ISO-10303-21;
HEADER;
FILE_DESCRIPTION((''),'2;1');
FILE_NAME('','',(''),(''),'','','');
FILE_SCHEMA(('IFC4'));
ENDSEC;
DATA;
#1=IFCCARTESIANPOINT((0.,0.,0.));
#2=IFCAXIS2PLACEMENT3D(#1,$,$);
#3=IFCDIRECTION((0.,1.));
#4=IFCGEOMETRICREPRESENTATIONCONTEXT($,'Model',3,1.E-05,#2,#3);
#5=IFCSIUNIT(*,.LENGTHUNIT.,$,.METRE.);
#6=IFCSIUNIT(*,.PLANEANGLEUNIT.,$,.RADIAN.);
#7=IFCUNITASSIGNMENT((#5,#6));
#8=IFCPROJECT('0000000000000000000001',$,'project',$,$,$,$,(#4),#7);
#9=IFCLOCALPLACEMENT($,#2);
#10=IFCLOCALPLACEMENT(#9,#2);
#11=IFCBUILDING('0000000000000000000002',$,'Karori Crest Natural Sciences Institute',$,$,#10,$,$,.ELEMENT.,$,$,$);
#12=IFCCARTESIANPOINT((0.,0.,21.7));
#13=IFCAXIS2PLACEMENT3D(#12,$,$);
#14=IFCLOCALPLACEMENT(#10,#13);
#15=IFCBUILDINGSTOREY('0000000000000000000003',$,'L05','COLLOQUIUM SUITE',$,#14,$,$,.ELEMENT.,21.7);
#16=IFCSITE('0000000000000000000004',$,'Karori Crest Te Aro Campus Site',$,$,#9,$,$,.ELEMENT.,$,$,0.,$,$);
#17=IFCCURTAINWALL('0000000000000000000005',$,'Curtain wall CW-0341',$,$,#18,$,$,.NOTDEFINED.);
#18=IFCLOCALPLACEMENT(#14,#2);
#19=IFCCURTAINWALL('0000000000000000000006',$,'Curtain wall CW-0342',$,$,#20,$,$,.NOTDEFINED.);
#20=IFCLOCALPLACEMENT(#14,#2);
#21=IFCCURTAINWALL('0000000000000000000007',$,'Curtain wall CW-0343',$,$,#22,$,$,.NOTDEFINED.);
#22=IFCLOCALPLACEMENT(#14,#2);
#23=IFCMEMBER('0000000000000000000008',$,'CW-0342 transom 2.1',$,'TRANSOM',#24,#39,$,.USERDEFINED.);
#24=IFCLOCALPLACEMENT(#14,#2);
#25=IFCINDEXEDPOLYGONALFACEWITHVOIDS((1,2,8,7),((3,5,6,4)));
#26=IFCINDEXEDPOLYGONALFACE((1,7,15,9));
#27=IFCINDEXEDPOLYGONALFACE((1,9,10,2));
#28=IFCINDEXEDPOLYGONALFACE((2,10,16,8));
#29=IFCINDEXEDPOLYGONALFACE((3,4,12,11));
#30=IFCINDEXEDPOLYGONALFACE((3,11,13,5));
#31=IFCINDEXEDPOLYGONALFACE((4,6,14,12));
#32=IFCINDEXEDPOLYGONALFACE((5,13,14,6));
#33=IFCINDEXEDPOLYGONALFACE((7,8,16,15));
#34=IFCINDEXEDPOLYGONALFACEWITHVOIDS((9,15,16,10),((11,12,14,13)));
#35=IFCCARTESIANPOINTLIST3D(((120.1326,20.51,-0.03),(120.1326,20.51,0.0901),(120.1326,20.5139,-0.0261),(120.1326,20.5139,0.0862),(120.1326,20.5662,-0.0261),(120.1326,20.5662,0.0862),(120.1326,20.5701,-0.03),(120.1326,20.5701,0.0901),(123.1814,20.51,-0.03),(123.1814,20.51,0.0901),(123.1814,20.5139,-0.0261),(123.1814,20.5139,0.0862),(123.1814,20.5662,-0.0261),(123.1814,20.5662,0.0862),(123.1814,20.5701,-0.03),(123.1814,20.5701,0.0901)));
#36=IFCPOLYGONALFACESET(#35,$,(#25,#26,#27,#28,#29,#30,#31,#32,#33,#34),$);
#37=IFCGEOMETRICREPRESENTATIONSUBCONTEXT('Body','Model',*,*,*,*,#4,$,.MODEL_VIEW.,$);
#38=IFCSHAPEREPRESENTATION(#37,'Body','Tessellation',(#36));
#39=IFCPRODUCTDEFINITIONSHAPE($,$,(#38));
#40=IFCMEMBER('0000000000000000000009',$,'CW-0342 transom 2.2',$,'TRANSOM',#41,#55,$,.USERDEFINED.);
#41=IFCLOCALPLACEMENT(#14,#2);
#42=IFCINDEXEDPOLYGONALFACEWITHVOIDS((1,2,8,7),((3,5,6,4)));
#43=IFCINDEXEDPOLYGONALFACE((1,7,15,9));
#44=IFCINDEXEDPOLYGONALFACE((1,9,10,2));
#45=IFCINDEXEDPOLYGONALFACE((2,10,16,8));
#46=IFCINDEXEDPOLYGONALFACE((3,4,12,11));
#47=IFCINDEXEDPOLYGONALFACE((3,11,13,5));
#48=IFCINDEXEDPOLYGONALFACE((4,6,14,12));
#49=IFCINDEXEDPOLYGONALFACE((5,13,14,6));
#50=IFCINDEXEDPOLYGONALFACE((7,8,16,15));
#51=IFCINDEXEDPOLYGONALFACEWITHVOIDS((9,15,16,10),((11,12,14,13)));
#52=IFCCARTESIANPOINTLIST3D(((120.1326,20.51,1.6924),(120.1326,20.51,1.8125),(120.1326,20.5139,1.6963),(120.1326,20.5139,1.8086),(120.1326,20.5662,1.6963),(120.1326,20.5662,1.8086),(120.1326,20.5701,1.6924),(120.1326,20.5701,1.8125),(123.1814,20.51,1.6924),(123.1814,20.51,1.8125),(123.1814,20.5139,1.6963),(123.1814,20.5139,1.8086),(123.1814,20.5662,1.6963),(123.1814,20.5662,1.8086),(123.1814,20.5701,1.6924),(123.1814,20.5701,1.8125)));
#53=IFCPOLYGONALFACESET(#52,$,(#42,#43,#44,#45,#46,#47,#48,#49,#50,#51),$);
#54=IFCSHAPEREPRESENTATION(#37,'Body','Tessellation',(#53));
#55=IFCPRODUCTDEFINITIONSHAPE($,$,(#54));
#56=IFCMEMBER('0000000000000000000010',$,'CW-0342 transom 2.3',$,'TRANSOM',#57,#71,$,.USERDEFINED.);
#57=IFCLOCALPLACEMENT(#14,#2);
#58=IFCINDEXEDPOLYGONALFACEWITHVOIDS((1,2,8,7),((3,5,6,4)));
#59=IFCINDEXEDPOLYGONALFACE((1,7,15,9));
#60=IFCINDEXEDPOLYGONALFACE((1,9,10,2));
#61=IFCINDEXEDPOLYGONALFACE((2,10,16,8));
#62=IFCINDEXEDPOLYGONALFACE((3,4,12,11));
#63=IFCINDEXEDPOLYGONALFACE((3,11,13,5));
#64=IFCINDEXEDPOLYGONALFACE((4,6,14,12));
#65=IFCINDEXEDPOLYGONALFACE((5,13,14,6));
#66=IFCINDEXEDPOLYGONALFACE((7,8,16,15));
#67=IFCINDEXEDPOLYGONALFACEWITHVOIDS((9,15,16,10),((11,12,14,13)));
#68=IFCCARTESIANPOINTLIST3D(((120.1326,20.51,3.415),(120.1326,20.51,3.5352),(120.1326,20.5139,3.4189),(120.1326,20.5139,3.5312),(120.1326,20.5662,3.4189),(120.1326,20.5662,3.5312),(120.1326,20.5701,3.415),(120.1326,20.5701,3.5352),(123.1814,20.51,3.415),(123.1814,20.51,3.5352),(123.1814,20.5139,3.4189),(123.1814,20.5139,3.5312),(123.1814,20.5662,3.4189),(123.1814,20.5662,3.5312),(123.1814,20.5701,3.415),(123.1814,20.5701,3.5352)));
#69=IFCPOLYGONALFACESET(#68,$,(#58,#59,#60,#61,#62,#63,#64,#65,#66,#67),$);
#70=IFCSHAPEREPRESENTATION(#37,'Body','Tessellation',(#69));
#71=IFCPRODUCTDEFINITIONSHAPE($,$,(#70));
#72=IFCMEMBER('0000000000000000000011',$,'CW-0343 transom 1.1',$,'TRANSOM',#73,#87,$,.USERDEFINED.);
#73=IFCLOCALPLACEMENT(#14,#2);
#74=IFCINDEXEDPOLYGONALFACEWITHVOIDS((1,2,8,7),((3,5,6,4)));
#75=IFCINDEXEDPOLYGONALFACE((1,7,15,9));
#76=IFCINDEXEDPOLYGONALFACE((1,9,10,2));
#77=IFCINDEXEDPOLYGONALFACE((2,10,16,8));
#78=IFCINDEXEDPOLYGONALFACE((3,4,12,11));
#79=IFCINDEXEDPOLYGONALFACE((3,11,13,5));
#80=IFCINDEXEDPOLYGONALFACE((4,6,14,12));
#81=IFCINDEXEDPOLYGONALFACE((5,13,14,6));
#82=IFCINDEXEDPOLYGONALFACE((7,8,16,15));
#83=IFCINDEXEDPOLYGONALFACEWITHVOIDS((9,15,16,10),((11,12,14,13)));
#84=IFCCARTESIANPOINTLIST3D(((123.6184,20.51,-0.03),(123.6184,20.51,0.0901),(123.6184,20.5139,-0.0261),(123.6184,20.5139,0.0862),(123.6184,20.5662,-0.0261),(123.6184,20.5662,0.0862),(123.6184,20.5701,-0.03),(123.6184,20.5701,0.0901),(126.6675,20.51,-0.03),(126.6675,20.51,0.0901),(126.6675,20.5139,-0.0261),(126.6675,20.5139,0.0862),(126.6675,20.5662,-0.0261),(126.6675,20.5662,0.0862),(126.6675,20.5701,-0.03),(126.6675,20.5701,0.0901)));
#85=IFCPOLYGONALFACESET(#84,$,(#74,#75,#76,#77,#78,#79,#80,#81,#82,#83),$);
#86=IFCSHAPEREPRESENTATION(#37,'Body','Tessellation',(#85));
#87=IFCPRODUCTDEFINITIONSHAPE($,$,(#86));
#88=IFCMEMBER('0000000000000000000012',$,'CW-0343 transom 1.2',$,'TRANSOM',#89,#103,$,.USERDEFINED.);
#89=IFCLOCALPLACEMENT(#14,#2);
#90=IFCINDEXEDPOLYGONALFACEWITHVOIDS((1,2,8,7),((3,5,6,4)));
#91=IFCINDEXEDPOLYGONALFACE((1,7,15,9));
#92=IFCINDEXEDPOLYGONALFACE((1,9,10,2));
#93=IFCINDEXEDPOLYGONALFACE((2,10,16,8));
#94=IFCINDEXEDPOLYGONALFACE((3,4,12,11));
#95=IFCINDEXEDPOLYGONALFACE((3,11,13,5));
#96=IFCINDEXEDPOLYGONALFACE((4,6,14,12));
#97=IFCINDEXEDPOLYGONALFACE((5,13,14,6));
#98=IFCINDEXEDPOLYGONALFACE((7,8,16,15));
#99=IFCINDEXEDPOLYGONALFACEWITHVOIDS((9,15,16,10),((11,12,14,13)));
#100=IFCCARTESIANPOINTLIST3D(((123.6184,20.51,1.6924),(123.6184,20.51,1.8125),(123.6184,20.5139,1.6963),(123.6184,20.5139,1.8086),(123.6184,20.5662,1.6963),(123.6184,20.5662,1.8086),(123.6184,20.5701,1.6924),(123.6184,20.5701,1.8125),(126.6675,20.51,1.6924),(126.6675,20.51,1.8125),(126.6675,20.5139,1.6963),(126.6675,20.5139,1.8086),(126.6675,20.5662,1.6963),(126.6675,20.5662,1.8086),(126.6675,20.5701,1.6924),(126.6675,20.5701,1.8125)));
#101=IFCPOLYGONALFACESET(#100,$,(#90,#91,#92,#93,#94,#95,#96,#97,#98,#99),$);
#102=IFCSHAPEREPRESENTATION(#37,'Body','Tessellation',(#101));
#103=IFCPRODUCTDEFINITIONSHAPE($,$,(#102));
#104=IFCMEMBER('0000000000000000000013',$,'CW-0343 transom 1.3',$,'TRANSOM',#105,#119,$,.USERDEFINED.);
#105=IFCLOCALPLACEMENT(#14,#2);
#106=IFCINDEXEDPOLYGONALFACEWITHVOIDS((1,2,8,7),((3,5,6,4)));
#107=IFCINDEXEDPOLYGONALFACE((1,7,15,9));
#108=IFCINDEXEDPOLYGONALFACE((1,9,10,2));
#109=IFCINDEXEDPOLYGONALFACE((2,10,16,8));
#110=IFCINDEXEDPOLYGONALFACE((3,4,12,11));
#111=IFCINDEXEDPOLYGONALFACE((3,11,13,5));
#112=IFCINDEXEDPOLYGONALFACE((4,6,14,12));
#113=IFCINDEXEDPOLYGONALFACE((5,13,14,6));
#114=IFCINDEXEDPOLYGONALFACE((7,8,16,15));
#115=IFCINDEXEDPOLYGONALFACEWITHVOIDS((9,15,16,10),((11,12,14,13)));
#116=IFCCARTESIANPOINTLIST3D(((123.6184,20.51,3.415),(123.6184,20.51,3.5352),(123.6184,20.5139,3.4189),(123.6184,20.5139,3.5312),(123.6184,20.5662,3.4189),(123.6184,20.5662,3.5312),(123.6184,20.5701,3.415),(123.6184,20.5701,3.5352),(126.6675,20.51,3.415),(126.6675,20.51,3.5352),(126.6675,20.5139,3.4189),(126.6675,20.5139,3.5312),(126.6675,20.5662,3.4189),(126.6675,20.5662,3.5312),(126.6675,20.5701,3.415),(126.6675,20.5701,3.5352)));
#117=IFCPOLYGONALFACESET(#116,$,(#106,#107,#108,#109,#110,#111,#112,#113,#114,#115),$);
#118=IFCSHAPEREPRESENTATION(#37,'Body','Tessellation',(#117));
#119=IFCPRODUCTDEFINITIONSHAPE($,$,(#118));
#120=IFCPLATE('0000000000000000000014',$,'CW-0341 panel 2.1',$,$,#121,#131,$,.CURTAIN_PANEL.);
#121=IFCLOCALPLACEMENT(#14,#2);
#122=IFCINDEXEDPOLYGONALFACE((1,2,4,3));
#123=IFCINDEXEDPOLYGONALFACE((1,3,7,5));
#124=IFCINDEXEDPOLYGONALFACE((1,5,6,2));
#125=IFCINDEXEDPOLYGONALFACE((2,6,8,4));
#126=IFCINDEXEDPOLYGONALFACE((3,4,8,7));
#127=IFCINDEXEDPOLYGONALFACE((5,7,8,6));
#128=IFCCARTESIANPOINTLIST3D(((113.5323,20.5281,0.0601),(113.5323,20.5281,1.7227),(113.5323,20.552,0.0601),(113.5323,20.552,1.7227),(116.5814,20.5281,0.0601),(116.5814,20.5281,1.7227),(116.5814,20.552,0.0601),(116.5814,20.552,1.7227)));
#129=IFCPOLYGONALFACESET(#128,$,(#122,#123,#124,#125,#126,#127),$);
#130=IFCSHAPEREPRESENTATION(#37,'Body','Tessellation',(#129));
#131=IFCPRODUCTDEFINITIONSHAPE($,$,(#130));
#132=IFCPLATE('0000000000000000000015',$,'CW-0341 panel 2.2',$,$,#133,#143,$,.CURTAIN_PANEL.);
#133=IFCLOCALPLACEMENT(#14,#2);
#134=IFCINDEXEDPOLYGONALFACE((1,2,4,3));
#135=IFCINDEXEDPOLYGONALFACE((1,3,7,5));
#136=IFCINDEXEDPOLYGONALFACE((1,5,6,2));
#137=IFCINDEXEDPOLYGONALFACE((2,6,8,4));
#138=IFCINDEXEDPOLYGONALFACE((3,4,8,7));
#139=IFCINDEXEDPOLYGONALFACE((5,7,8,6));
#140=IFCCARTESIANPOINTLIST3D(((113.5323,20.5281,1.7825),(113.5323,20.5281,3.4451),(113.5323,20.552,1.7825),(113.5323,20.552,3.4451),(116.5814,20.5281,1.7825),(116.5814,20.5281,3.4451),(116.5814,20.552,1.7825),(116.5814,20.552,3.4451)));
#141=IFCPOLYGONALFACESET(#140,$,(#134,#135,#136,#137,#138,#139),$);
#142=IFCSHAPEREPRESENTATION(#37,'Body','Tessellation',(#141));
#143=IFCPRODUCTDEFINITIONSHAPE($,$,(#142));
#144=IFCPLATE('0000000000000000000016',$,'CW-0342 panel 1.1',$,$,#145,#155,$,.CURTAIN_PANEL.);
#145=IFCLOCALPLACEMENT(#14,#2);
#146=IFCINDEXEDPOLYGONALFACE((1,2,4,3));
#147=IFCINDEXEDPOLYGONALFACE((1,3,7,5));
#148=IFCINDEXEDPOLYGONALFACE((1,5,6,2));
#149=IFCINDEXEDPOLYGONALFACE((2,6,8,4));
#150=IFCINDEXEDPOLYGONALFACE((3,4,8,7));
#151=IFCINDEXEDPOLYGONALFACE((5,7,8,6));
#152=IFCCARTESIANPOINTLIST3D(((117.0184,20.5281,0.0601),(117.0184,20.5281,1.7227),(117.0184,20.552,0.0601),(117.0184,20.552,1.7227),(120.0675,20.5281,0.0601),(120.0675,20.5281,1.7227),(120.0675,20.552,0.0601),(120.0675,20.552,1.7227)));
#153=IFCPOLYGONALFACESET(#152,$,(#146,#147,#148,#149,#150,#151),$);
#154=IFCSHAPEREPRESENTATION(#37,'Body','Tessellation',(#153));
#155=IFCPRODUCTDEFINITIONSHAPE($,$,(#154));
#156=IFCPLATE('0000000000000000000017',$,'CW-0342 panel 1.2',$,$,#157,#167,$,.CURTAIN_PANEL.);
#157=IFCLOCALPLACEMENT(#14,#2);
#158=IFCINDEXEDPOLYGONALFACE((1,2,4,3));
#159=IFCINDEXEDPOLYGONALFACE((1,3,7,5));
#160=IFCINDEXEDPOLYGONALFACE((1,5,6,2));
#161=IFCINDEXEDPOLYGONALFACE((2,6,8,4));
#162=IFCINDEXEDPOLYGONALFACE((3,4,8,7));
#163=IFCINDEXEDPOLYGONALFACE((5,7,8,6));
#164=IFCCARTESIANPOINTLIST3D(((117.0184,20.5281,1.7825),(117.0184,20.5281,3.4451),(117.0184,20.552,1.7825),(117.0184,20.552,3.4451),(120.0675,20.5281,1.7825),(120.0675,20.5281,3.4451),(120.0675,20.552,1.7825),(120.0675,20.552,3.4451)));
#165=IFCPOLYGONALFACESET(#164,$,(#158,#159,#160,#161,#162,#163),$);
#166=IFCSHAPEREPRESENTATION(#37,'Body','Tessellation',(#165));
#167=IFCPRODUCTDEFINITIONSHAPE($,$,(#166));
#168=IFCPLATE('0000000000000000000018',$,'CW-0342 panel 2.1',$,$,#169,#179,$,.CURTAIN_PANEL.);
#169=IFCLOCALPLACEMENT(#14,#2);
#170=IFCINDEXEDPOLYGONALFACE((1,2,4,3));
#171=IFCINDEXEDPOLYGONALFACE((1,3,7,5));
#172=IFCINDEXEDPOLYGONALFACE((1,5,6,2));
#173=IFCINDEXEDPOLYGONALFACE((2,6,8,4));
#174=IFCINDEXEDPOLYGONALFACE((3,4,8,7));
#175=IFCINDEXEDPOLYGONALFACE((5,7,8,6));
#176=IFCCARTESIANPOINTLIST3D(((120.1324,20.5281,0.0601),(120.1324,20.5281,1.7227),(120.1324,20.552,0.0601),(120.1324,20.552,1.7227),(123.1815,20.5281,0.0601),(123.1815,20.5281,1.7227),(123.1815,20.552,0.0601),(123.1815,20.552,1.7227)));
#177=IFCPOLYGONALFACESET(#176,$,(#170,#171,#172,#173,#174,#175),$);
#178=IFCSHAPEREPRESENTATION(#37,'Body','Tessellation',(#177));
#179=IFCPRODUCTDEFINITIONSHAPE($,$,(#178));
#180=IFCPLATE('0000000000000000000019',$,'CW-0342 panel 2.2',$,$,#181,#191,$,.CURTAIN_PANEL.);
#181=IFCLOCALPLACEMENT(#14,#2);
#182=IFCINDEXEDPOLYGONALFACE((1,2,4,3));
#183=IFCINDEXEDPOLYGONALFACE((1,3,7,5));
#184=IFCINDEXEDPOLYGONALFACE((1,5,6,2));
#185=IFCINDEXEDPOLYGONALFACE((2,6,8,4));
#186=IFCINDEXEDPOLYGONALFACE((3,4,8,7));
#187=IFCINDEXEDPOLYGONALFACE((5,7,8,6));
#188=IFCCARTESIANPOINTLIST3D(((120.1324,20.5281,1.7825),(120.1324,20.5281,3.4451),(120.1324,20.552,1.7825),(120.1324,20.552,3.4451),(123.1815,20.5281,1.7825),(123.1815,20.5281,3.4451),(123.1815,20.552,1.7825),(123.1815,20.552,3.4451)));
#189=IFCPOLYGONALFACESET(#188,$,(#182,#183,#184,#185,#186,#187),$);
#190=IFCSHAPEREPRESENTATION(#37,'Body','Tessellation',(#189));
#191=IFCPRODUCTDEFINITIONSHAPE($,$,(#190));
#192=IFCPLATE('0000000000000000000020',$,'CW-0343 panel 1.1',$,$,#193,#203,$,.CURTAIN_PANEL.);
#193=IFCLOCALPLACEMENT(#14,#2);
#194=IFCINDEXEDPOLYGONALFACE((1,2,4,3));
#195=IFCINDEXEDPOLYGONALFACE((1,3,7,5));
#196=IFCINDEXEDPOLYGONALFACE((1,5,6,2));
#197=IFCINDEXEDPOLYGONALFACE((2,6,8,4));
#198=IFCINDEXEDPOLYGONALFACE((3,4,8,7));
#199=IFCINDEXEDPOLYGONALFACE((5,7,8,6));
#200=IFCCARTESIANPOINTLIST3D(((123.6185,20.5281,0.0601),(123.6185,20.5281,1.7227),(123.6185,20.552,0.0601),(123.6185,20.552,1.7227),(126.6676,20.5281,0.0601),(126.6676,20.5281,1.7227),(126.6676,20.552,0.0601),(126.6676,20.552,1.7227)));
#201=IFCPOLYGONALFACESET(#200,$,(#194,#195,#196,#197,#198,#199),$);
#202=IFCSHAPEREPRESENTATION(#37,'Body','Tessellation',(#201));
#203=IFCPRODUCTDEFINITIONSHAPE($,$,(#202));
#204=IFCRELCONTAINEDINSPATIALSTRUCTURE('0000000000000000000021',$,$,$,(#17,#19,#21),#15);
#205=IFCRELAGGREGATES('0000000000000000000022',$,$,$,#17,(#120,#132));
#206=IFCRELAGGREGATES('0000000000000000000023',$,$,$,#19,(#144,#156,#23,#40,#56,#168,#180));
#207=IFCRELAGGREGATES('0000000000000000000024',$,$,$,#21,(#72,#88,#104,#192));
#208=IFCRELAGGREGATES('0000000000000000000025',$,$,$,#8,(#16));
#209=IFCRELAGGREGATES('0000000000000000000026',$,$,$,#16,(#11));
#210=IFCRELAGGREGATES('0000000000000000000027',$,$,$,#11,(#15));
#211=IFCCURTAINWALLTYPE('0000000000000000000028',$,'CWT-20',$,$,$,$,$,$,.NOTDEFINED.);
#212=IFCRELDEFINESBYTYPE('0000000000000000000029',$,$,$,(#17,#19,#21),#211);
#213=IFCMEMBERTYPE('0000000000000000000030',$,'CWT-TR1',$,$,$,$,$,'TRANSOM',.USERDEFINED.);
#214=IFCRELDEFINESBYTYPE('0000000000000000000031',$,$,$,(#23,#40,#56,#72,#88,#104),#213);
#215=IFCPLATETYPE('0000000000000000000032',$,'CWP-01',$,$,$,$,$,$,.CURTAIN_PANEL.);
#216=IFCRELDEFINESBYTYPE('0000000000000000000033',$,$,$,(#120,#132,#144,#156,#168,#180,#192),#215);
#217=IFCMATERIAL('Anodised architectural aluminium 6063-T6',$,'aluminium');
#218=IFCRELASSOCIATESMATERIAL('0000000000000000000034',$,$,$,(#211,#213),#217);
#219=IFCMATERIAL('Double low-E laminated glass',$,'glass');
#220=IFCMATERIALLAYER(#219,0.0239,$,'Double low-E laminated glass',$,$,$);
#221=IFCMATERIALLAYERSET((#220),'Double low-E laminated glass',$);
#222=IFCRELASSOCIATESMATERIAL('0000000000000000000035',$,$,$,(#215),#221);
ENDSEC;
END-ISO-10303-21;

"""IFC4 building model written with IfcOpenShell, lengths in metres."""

from ifc_helpers import new_model, si_unit, direction, frame, origin, origin_2d, place, context, subcontext, project, spatial, rectangle, hollow_rectangle, extrude, material, layer, layer_set, material_profile, profile_set, type_object, element, aggregate, save


model = new_model("IFC4")

# Units and contexts
model_context = context("Model", 3, precision=1e-05, world=origin(), true_north=direction((0.0, 1.0)))
body_context = subcontext(model_context, "Body", "Model", "MODEL_VIEW")
ifc_project = project(units=[si_unit("LENGTHUNIT", "METRE"), si_unit("PLANEANGLEUNIT", "RADIAN")], contexts=[model_context])

# Site, building, storey
site_placement = place(None, origin())
site = spatial("IfcSite", under=ifc_project, at=site_placement, Name="Karori Crest Te Aro Campus Site", CompositionType="ELEMENT", RefElevation=0.0)
building_placement = place(site_placement, origin())
building = spatial("IfcBuilding", under=site, at=building_placement, Name="Karori Crest Natural Sciences Institute", CompositionType="ELEMENT")
storey_placement = place(building_placement, frame((0.0, 0.0, 21.7)))
storey = spatial("IfcBuildingStorey", under=building, at=storey_placement, Name="L05", Description="COLLOQUIUM SUITE", CompositionType="ELEMENT", Elevation=21.7)

# Curtain wall
ifc_material_1 = material(Name="Anodised architectural aluminium 6063-T6", Category="aluminium")
curtain_wall_type = type_object("IfcCurtainWallType", Name="CWT-20", PredefinedType="NOTDEFINED", material=ifc_material_1)
curtain_wall_1_placement = place(storey_placement, origin())
curtain_wall_1 = element("IfcCurtainWall", 1, at=curtain_wall_1_placement, inside=storey, type_object=curtain_wall_type, Name="Curtain wall CW-0341", PredefinedType="NOTDEFINED")

# Curtain wall
curtain_wall_2_placement = place(storey_placement, origin())
curtain_wall_2 = element("IfcCurtainWall", 2, at=curtain_wall_2_placement, inside=storey, type_object=curtain_wall_type, Name="Curtain wall CW-0342", PredefinedType="NOTDEFINED")

# Curtain wall
curtain_wall_3_placement = place(storey_placement, origin())
curtain_wall_3 = element("IfcCurtainWall", 3, at=curtain_wall_3_placement, inside=storey, type_object=curtain_wall_type, Name="Curtain wall CW-0343", PredefinedType="NOTDEFINED")

# Members
ifc_material_profile_1 = material_profile(ifc_material_1, hollow_rectangle(XDim=0.0601, YDim=0.1201, WallThickness=0.0039, at=origin_2d()), Name="CWT120x60x4")
ifc_profile_set_1 = profile_set([ifc_material_profile_1], Name="Anodised architectural aluminium 6063-T6")
member_type_1 = type_object("IfcMemberType", Name="CWT-TR1", ElementType="TRANSOM", PredefinedType="USERDEFINED", material=ifc_profile_set_1)
member_1_placement = place(storey_placement, frame((120.1326, 20.54, 0.03), z_axis=(1.0, 0.0, 0.0), x_axis=(0.0, 1.0, 0.0)))
member_1 = element("IfcMember", 4, at=member_1_placement, type_object=member_type_1, Name="CW-0342 transom 2.1", ObjectType="TRANSOM", PredefinedType="USERDEFINED", context=body_context, shape_type="SweptSolid", body=[
    extrude(hollow_rectangle(XDim=0.0601, YDim=0.1201, WallThickness=0.0039, at=origin_2d()), origin(), (0.0, 0.0, 1.0), 3.0488),
])
member_2_placement = place(storey_placement, frame((120.1326, 20.54, 1.7524), z_axis=(1.0, 0.0, 0.0), x_axis=(0.0, 1.0, 0.0)))
member_2 = element("IfcMember", 5, at=member_2_placement, type_object=member_type_1, Name="CW-0342 transom 2.2", ObjectType="TRANSOM", PredefinedType="USERDEFINED", context=body_context, shape_type="SweptSolid", body=[
    extrude(hollow_rectangle(XDim=0.0601, YDim=0.1201, WallThickness=0.0039, at=origin_2d()), origin(), (0.0, 0.0, 1.0), 3.0488),
])
member_3_placement = place(storey_placement, frame((120.1326, 20.54, 3.4751), z_axis=(1.0, 0.0, 0.0), x_axis=(0.0, 1.0, 0.0)))
member_3 = element("IfcMember", 6, at=member_3_placement, type_object=member_type_1, Name="CW-0342 transom 2.3", ObjectType="TRANSOM", PredefinedType="USERDEFINED", context=body_context, shape_type="SweptSolid", body=[
    extrude(hollow_rectangle(XDim=0.0601, YDim=0.1201, WallThickness=0.0039, at=origin_2d()), origin(), (0.0, 0.0, 1.0), 3.0488),
])
member_4_placement = place(storey_placement, frame((123.6184, 20.54, 0.03), z_axis=(1.0, 0.0, 0.0), x_axis=(0.0, 1.0, 0.0)))
member_4 = element("IfcMember", 7, at=member_4_placement, type_object=member_type_1, Name="CW-0343 transom 1.1", ObjectType="TRANSOM", PredefinedType="USERDEFINED", context=body_context, shape_type="SweptSolid", body=[
    extrude(hollow_rectangle(XDim=0.0601, YDim=0.1201, WallThickness=0.0039, at=origin_2d()), origin(), (0.0, 0.0, 1.0), 3.0491),
])
member_5_placement = place(storey_placement, frame((123.6184, 20.54, 1.7524), z_axis=(1.0, 0.0, 0.0), x_axis=(0.0, 1.0, 0.0)))
member_5 = element("IfcMember", 8, at=member_5_placement, type_object=member_type_1, Name="CW-0343 transom 1.2", ObjectType="TRANSOM", PredefinedType="USERDEFINED", context=body_context, shape_type="SweptSolid", body=[
    extrude(hollow_rectangle(XDim=0.0601, YDim=0.1201, WallThickness=0.0039, at=origin_2d()), origin(), (0.0, 0.0, 1.0), 3.0491),
])
member_6_placement = place(storey_placement, frame((123.6184, 20.54, 3.4751), z_axis=(1.0, 0.0, 0.0), x_axis=(0.0, 1.0, 0.0)))
member_6 = element("IfcMember", 9, at=member_6_placement, type_object=member_type_1, Name="CW-0343 transom 1.3", ObjectType="TRANSOM", PredefinedType="USERDEFINED", context=body_context, shape_type="SweptSolid", body=[
    extrude(hollow_rectangle(XDim=0.0601, YDim=0.1201, WallThickness=0.0039, at=origin_2d()), origin(), (0.0, 0.0, 1.0), 3.0491),
])

# Plates
ifc_material_2 = material(Name="Double low-E laminated glass", Category="glass")
ifc_layer = layer(ifc_material_2, 0.0239, Name="Double low-E laminated glass")
ifc_layer_set = layer_set([ifc_layer], Name="Double low-E laminated glass")
plate_type = type_object("IfcPlateType", Name="CWP-01", PredefinedType="CURTAIN_PANEL", material=ifc_layer_set)
plate_1_placement = place(storey_placement, frame((115.0569, 20.54, 0.0601), z_axis=(0.0, 0.0, 1.0), x_axis=(1.0, 0.0, 0.0)))
plate_1 = element("IfcPlate", 10, at=plate_1_placement, type_object=plate_type, Name="CW-0341 panel 2.1", PredefinedType="CURTAIN_PANEL", context=body_context, shape_type="SweptSolid", body=[
    extrude(rectangle(XDim=3.0491, YDim=0.0239, at=origin_2d()), origin(), (0.0, 0.0, 1.0), 1.6626),
])
plate_2_placement = place(storey_placement, frame((115.0569, 20.54, 1.7825), z_axis=(0.0, 0.0, 1.0), x_axis=(1.0, 0.0, 0.0)))
plate_2 = element("IfcPlate", 11, at=plate_2_placement, type_object=plate_type, Name="CW-0341 panel 2.2", PredefinedType="CURTAIN_PANEL", context=body_context, shape_type="SweptSolid", body=[
    extrude(rectangle(XDim=3.0491, YDim=0.0239, at=origin_2d()), origin(), (0.0, 0.0, 1.0), 1.6626),
])
aggregate(curtain_wall_1, [plate_1, plate_2])
plate_3_placement = place(storey_placement, frame((118.543, 20.54, 0.0601), z_axis=(0.0, 0.0, 1.0), x_axis=(1.0, 0.0, 0.0)))
plate_3 = element("IfcPlate", 12, at=plate_3_placement, type_object=plate_type, Name="CW-0342 panel 1.1", PredefinedType="CURTAIN_PANEL", context=body_context, shape_type="SweptSolid", body=[
    extrude(rectangle(XDim=3.0491, YDim=0.0239, at=origin_2d()), origin(), (0.0, 0.0, 1.0), 1.6626),
])
plate_4_placement = place(storey_placement, frame((118.543, 20.54, 1.7825), z_axis=(0.0, 0.0, 1.0), x_axis=(1.0, 0.0, 0.0)))
plate_4 = element("IfcPlate", 13, at=plate_4_placement, type_object=plate_type, Name="CW-0342 panel 1.2", PredefinedType="CURTAIN_PANEL", context=body_context, shape_type="SweptSolid", body=[
    extrude(rectangle(XDim=3.0491, YDim=0.0239, at=origin_2d()), origin(), (0.0, 0.0, 1.0), 1.6626),
])
plate_5_placement = place(storey_placement, frame((121.657, 20.54, 0.0601), z_axis=(0.0, 0.0, 1.0), x_axis=(1.0, 0.0, 0.0)))
plate_5 = element("IfcPlate", 14, at=plate_5_placement, type_object=plate_type, Name="CW-0342 panel 2.1", PredefinedType="CURTAIN_PANEL", context=body_context, shape_type="SweptSolid", body=[
    extrude(rectangle(XDim=3.0491, YDim=0.0239, at=origin_2d()), origin(), (0.0, 0.0, 1.0), 1.6626),
])
plate_6_placement = place(storey_placement, frame((121.657, 20.54, 1.7825), z_axis=(0.0, 0.0, 1.0), x_axis=(1.0, 0.0, 0.0)))
plate_6 = element("IfcPlate", 15, at=plate_6_placement, type_object=plate_type, Name="CW-0342 panel 2.2", PredefinedType="CURTAIN_PANEL", context=body_context, shape_type="SweptSolid", body=[
    extrude(rectangle(XDim=3.0491, YDim=0.0239, at=origin_2d()), origin(), (0.0, 0.0, 1.0), 1.6626),
])
aggregate(curtain_wall_2, [plate_3, plate_4, member_1, member_2, member_3, plate_5, plate_6])
plate_7_placement = place(storey_placement, frame((125.1431, 20.54, 0.0601), z_axis=(0.0, 0.0, 1.0), x_axis=(1.0, 0.0, 0.0)))
plate_7 = element("IfcPlate", 16, at=plate_7_placement, type_object=plate_type, Name="CW-0343 panel 1.1", PredefinedType="CURTAIN_PANEL", context=body_context, shape_type="SweptSolid", body=[
    extrude(rectangle(XDim=3.0491, YDim=0.0239, at=origin_2d()), origin(), (0.0, 0.0, 1.0), 1.6626),
])
aggregate(curtain_wall_3, [member_4, member_5, member_6, plate_7])

save(model, "model.ifc")
